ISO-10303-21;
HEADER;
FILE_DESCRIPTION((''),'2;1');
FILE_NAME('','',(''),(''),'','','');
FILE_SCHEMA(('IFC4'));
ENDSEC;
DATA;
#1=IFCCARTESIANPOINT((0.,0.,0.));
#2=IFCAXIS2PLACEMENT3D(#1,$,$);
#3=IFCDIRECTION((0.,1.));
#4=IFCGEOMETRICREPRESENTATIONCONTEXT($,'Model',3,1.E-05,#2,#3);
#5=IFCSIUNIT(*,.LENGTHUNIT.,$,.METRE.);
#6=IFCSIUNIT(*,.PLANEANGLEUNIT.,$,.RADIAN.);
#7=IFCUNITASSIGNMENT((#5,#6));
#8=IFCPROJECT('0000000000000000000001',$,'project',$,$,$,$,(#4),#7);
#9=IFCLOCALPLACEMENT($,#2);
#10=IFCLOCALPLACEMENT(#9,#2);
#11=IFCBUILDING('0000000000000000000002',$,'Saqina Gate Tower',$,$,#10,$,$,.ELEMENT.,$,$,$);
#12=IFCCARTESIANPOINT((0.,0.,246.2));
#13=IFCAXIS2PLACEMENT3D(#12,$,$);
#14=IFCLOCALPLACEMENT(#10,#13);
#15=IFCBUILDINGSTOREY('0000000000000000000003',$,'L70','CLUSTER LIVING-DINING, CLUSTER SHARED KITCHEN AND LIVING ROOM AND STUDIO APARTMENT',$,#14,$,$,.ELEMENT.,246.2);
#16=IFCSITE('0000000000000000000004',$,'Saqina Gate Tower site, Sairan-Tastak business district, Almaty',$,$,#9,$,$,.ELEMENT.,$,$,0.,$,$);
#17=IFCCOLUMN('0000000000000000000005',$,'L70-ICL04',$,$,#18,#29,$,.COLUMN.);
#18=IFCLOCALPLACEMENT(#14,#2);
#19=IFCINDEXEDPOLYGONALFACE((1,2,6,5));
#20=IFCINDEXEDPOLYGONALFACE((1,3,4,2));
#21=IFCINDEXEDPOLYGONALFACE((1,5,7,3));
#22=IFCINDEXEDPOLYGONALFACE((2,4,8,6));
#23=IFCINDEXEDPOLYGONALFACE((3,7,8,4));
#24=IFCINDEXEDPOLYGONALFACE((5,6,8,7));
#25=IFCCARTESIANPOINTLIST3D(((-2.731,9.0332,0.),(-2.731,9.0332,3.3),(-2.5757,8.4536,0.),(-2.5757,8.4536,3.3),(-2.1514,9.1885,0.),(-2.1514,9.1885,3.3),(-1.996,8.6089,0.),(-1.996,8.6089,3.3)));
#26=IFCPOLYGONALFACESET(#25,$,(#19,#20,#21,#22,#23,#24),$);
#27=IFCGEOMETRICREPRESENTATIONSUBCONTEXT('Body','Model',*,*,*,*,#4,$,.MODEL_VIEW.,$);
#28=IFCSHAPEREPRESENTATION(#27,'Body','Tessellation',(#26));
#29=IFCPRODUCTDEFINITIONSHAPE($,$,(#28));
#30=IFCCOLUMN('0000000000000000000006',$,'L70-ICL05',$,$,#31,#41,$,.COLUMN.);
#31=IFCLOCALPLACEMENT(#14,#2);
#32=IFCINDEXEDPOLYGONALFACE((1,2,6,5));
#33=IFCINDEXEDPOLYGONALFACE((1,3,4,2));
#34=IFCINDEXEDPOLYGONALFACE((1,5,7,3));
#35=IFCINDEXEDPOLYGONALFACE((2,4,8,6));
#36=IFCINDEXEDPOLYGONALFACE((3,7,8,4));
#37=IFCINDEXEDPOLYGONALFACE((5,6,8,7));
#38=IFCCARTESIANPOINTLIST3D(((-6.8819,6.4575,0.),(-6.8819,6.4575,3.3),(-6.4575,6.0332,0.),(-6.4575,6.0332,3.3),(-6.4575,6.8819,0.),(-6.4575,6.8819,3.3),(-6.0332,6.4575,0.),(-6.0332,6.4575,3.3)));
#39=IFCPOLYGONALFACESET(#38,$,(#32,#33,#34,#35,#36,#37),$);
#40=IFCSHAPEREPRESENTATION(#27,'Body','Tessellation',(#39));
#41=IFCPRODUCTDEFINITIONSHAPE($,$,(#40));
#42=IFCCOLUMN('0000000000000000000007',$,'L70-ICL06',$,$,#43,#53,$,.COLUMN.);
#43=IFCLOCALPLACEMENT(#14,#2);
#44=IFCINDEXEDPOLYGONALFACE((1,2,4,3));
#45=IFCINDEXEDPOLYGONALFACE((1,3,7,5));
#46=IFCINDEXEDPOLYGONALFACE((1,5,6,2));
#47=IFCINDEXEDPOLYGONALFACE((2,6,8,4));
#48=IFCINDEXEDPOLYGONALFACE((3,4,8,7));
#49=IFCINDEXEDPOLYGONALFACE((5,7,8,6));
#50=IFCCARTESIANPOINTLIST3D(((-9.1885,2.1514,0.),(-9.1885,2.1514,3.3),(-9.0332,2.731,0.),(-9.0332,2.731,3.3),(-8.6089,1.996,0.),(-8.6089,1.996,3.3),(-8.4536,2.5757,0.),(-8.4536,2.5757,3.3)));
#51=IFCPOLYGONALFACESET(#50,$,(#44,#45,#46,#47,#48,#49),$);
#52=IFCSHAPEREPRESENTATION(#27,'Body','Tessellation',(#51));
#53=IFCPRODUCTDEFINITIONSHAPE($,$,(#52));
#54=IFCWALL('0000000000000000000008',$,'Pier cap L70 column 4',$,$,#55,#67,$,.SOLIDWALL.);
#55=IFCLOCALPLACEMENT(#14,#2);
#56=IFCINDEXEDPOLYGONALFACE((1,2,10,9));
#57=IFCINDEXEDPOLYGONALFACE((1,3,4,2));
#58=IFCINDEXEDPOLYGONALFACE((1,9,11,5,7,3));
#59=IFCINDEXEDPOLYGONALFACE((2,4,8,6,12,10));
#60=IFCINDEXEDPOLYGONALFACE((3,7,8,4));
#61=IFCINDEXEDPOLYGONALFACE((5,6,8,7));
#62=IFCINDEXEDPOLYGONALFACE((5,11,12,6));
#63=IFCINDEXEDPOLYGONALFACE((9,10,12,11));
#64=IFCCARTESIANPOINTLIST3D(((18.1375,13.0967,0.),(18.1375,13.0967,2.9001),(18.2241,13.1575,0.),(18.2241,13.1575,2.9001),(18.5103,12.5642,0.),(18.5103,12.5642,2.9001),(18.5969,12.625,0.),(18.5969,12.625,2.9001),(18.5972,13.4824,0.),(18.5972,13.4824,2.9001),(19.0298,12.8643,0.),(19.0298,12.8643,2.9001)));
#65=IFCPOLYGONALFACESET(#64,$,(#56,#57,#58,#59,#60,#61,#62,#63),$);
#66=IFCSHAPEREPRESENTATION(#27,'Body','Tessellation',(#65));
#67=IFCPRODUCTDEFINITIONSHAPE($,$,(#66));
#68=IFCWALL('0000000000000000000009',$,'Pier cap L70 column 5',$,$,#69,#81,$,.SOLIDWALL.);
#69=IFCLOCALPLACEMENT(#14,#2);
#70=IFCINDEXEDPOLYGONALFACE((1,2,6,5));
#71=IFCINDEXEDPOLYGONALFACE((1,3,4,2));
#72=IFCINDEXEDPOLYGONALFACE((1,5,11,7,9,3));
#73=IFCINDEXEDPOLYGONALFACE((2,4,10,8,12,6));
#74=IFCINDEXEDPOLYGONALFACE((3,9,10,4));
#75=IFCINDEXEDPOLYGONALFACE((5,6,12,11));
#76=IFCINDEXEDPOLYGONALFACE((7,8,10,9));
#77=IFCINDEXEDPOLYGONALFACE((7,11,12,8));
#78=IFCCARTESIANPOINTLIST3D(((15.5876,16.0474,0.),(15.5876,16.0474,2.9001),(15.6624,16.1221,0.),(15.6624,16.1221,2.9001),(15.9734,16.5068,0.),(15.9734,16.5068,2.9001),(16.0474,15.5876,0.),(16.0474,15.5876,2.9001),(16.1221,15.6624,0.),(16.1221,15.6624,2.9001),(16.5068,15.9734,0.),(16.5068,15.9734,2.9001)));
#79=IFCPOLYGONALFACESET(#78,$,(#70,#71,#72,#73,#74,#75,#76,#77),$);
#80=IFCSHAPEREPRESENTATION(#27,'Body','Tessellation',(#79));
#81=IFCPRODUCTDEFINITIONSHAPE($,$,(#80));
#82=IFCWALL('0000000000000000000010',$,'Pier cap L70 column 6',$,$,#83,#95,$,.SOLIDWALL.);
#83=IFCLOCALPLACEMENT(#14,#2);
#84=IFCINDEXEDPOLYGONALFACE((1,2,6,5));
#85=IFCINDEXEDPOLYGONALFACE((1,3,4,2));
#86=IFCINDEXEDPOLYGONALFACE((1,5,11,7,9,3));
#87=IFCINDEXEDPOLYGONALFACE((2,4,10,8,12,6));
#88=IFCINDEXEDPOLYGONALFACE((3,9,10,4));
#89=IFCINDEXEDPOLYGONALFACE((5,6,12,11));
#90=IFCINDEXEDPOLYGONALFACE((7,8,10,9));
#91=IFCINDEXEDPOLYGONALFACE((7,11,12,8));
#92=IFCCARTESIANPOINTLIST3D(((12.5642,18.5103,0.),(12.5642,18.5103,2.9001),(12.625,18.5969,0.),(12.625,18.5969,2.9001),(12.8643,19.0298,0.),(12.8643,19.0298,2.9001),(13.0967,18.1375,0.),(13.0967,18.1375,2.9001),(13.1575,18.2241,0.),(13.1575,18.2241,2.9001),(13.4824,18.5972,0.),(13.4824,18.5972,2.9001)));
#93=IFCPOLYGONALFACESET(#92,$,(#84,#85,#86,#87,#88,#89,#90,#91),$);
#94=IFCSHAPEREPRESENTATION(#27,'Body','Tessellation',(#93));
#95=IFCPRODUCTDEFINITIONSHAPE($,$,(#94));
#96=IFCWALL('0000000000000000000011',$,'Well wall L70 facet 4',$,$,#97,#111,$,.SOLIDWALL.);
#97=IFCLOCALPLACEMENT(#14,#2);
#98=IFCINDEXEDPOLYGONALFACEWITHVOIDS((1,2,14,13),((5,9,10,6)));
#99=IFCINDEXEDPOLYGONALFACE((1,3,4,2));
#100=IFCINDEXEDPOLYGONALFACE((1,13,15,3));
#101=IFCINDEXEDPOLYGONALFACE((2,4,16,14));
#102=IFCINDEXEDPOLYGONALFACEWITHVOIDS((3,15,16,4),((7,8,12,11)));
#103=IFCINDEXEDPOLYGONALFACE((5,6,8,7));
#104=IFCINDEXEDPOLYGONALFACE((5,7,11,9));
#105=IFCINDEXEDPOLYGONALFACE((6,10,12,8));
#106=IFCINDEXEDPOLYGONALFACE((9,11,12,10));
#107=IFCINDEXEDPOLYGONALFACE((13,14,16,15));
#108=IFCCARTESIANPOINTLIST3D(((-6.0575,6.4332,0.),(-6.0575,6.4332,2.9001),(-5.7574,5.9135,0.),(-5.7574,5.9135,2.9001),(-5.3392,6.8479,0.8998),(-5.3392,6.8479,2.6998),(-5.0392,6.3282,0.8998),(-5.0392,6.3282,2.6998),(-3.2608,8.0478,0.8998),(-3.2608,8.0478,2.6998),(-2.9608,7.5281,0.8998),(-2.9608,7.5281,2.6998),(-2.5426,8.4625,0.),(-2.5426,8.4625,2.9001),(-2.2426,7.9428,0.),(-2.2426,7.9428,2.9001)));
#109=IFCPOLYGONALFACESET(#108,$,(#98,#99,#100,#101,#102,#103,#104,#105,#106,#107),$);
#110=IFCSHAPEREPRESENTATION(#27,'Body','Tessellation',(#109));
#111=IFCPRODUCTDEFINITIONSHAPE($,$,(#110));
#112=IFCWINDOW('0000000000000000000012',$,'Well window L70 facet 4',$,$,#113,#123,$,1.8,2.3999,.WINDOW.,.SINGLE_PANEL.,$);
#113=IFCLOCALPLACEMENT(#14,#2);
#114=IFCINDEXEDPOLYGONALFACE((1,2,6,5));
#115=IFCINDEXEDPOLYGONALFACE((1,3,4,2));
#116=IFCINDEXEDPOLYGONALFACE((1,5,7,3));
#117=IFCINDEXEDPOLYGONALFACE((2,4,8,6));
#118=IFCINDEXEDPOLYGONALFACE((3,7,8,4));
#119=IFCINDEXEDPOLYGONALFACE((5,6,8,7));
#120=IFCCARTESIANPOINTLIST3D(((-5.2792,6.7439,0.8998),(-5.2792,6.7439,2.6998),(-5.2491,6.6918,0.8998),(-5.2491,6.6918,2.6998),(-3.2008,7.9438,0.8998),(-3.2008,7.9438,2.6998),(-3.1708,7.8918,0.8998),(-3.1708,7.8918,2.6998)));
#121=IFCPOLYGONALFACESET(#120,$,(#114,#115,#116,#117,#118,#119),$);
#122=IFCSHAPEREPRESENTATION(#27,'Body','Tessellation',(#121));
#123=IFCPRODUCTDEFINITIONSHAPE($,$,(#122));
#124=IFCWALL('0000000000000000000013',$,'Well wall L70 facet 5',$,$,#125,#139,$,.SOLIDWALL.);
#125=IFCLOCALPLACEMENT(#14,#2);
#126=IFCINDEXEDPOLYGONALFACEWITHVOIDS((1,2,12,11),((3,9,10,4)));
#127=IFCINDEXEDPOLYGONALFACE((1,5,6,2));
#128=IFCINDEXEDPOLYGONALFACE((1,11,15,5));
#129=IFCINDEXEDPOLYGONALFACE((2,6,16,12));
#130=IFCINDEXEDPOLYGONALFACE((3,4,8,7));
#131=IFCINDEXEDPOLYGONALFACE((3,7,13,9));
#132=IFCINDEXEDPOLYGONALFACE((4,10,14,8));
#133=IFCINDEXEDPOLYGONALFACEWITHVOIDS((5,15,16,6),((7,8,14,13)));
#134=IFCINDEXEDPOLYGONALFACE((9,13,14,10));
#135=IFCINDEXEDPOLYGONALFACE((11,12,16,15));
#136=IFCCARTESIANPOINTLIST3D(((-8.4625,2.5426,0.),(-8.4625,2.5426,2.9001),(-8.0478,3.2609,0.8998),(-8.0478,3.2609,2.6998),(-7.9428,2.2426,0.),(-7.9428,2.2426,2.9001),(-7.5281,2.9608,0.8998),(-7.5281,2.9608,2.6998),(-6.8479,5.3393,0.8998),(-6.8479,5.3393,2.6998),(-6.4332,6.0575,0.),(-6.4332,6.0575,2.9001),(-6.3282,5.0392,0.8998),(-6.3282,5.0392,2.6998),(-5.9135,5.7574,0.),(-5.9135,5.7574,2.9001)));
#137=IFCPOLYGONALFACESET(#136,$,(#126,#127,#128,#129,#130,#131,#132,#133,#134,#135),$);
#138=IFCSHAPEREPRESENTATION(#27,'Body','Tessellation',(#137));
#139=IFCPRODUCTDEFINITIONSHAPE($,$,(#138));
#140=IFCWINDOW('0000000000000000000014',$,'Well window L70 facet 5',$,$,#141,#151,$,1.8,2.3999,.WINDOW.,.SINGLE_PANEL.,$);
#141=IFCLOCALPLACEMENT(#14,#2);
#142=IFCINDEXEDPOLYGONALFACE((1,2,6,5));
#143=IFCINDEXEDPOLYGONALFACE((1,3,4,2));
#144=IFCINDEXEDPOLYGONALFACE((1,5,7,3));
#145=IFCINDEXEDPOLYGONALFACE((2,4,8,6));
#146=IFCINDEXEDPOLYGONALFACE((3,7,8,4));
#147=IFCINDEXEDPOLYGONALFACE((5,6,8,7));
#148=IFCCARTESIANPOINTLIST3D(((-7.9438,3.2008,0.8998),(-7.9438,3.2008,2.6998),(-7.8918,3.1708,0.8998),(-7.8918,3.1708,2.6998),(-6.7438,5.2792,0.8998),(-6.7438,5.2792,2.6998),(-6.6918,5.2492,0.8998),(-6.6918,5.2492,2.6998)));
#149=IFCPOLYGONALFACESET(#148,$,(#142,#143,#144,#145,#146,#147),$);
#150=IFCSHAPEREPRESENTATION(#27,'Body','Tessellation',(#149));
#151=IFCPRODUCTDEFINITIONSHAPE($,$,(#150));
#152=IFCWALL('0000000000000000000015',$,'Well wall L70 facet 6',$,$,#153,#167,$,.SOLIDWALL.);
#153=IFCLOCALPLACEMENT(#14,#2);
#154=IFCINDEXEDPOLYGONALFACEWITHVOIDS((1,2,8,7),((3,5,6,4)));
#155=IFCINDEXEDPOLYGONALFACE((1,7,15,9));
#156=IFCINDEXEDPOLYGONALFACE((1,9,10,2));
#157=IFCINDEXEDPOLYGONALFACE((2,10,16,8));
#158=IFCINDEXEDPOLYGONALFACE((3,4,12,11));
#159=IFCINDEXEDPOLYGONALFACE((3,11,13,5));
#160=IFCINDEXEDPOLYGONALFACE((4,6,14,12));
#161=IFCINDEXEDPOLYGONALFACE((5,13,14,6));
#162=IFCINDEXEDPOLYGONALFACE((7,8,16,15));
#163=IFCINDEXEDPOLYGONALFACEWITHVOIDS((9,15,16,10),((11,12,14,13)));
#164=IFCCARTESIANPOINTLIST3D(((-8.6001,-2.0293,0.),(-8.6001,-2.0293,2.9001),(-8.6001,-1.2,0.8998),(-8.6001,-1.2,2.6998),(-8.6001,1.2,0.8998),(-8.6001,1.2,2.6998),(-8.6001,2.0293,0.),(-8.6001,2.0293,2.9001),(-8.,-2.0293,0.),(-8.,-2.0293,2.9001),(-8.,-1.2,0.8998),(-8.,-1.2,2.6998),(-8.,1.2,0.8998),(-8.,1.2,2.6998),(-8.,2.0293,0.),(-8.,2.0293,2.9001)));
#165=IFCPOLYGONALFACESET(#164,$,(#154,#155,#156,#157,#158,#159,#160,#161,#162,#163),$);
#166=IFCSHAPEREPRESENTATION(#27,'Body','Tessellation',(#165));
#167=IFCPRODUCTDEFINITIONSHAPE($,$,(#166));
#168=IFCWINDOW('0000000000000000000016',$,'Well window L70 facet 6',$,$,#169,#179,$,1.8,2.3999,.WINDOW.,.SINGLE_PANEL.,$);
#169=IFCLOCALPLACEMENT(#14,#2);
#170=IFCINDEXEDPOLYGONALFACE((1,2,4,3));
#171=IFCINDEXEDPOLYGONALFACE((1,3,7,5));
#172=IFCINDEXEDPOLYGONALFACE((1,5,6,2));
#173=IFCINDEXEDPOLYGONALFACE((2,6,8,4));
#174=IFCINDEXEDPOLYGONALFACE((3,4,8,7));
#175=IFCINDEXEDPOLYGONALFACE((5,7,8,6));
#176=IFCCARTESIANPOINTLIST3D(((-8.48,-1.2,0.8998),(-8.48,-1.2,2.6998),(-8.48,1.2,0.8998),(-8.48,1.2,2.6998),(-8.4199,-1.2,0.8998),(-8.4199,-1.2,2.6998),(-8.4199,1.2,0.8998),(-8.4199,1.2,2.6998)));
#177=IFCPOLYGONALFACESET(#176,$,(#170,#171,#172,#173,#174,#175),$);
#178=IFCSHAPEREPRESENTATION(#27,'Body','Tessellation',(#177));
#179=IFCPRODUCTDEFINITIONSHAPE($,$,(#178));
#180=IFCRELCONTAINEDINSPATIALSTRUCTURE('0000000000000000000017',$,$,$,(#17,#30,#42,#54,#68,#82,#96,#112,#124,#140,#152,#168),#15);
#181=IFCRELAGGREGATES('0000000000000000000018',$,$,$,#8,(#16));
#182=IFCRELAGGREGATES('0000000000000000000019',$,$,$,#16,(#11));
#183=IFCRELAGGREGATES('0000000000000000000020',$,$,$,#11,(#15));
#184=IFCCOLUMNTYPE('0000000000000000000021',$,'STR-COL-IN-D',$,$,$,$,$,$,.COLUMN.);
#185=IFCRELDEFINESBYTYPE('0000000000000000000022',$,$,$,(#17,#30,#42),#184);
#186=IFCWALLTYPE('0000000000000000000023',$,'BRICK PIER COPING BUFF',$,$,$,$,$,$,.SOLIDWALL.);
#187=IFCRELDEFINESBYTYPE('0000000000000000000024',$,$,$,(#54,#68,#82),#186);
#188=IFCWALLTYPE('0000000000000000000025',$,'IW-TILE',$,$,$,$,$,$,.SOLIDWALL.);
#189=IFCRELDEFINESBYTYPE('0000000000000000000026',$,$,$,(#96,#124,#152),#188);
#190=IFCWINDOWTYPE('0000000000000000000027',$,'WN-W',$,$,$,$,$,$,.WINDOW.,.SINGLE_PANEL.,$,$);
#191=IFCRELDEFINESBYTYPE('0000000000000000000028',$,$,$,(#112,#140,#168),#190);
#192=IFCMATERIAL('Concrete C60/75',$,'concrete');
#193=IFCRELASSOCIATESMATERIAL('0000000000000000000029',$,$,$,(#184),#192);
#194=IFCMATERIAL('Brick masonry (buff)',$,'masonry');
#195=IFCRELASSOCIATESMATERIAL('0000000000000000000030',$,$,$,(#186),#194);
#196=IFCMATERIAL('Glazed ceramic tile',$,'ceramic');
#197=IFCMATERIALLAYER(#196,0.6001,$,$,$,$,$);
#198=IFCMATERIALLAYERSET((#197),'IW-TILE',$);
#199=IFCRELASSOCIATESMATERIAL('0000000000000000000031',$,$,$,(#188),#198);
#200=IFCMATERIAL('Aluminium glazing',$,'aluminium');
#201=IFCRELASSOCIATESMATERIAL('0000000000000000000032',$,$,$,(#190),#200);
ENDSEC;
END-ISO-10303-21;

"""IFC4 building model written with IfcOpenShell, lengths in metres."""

from ifc_helpers import new_model, si_unit, direction, frame, frame_2d, origin, origin_2d, place, context, subcontext, project, spatial, polyline, rectangle, outline, extrude, material, layer, layer_set, material_profile, profile_set, type_object, element, fill, save


model = new_model("IFC4")

# Units and contexts
model_context = context("Model", 3, precision=1e-05, world=origin(), true_north=direction((0.0, 1.0)))
body_context = subcontext(model_context, "Body", "Model", "MODEL_VIEW")
ifc_project = project(units=[si_unit("LENGTHUNIT", "METRE"), si_unit("PLANEANGLEUNIT", "RADIAN")], contexts=[model_context])

# Site, building, storey
site_placement = place(None, origin())
site = spatial("IfcSite", under=ifc_project, at=site_placement, Name="Saqina Gate Tower site, Sairan-Tastak business district, Almaty", CompositionType="ELEMENT", RefElevation=0.0)
building_placement = place(site_placement, origin())
building = spatial("IfcBuilding", under=site, at=building_placement, Name="Saqina Gate Tower", CompositionType="ELEMENT")
storey_placement = place(building_placement, frame((0.0, 0.0, 246.2)))
storey = spatial("IfcBuildingStorey", under=building, at=storey_placement, Name="L70", Description="CLUSTER LIVING-DINING, CLUSTER SHARED KITCHEN AND LIVING ROOM AND STUDIO APARTMENT", CompositionType="ELEMENT", Elevation=246.2)

# Columns
ifc_material_1 = material(Name="Concrete C60/75", Category="concrete")
ifc_material_profile = material_profile(ifc_material_1, rectangle(XDim=0.6001, YDim=0.6001, at=origin_2d()), Name="RC 600x600")
ifc_profile_set = profile_set([ifc_material_profile], Name="Concrete C60/75")
column_type = type_object("IfcColumnType", Name="STR-COL-IN-D", PredefinedType="COLUMN", material=ifc_profile_set)
for number, where, z_axis, x_axis, name in (
    (1, (-2.3635, 8.821, 0.0), (0.0, 0.0, 1.0), (-0.258819, 0.965926, 0.0), "L70-ICL04"),
    (2, (-6.4575, 6.4575, 0.0), (0.0, 0.0, 1.0), (-0.707107, 0.707107, 0.0), "L70-ICL05"),
    (3, (-8.821, 2.3635, 0.0), (0.0, 0.0, 1.0), (-0.965926, 0.258819, 0.0), "L70-ICL06"),
):
    element("IfcColumn", number, at=place(storey_placement, frame(where, z_axis=z_axis, x_axis=x_axis)), inside=storey, type_object=column_type, Name=name, PredefinedType="COLUMN", context=body_context, shape_type="SweptSolid", body=[
        extrude(rectangle(XDim=0.6001, YDim=0.6001, at=origin_2d()), origin(), (0.0, 0.0, 1.0), 3.3),
    ])

# Walls
ifc_material_2 = material(Name="Brick masonry (buff)", Category="masonry")
wall_type_1 = type_object("IfcWallType", Name="BRICK PIER COPING BUFF", PredefinedType="SOLIDWALL", material=ifc_material_2)
wall_1_placement = place(storey_placement, origin())
element("IfcWall", 4, at=wall_1_placement, inside=storey, type_object=wall_type_1, Name="Pier cap L70 column 4", PredefinedType="SOLIDWALL", context=body_context, shape_type="SweptSolid", body=[
    extrude(outline(polyline([(19.0298, 12.8643), (18.5972, 13.4824), (18.1375, 13.0967), (18.2241, 13.1575), (18.5969, 12.625), (18.5103, 12.5642), (19.0298, 12.8643)])), origin(), (0.0, 0.0, 1.0), 2.9001),
])
wall_2_placement = place(storey_placement, origin())
element("IfcWall", 5, at=wall_2_placement, inside=storey, type_object=wall_type_1, Name="Pier cap L70 column 5", PredefinedType="SOLIDWALL", context=body_context, shape_type="SweptSolid", body=[
    extrude(outline(polyline([(15.9734, 16.5068), (15.5876, 16.0474), (15.6624, 16.1221), (16.1221, 15.6624), (16.0474, 15.5876), (16.5068, 15.9734), (15.9734, 16.5068)])), origin(), (0.0, 0.0, 1.0), 2.9001),
])
wall_3_placement = place(storey_placement, origin())
element("IfcWall", 6, at=wall_3_placement, inside=storey, type_object=wall_type_1, Name="Pier cap L70 column 6", PredefinedType="SOLIDWALL", context=body_context, shape_type="SweptSolid", body=[
    extrude(outline(polyline([(12.8643, 19.0298), (12.5642, 18.5103), (12.625, 18.5969), (13.1575, 18.2241), (13.0967, 18.1375), (13.4824, 18.5972), (12.8643, 19.0298)])), origin(), (0.0, 0.0, 1.0), 2.9001),
])

# Walls, openings, windows
ifc_material_3 = material(Name="Glazed ceramic tile", Category="ceramic")
ifc_layer_1 = layer(ifc_material_3, 0.6001)
ifc_layer_set_1 = layer_set([ifc_layer_1], Name="IW-TILE")
wall_type_2 = type_object("IfcWallType", Name="IW-TILE", PredefinedType="SOLIDWALL", material=ifc_layer_set_1)
wall_4_placement = place(storey_placement, frame((-2.3926, 8.2026, 0.0), z_axis=(0.0, 0.0, 1.0), x_axis=(-0.866028, -0.499995, 0.0)))
wall_4 = element("IfcWall", 7, at=wall_4_placement, inside=storey, type_object=wall_type_2, Name="Well wall L70 facet 4", PredefinedType="SOLIDWALL", context=body_context, shape_type="SweptSolid", body=[
    extrude(rectangle(XDim=4.0586, YDim=0.6001, at=frame_2d((2.0293, 0.0))), origin(), (0.0, 0.0, 1.0), 2.9001),
])
opening_1_placement = place(wall_4_placement, frame((0.8293, 0.0, 0.8999)))
opening_1 = element("IfcOpeningElement", 8, at=opening_1_placement, cuts=wall_4, PredefinedType="OPENING", context=body_context, shape_type="SweptSolid", body=[
    extrude(rectangle(XDim=2.3999, YDim=1.8, at=frame_2d((1.2, 0.8999))), frame((0.0, 0.312, 0.0), z_axis=(0.0, -1.0, 0.0), x_axis=(1.0, 0.0, 0.0)), (0.0, 0.0, 1.0), 0.624),
])
ifc_material_4 = material(Name="Aluminium glazing", Category="aluminium")
window_type = type_object("IfcWindowType", Name="WN-W", PartitioningType="SINGLE_PANEL", PredefinedType="WINDOW", material=ifc_material_4)
window_1_placement = place(opening_1_placement, origin())
window_1 = element("IfcWindow", 9, at=window_1_placement, inside=storey, type_object=window_type, Name="Well window L70 facet 4", OverallHeight=1.8, OverallWidth=2.3999, PartitioningType="SINGLE_PANEL", PredefinedType="WINDOW", context=body_context, shape_type="SweptSolid", body=[
    extrude(rectangle(XDim=2.3999, YDim=1.8, at=frame_2d((1.2, 0.8999))), frame((0.0, -0.1199, 0.0), z_axis=(0.0, -1.0, 0.0), x_axis=(1.0, 0.0, 0.0)), (0.0, 0.0, 1.0), 0.0601),
])
fill(opening_1, window_1)
wall_5_placement = place(storey_placement, frame((-6.1733, 5.9075, 0.0), z_axis=(0.0, 0.0, 1.0), x_axis=(-0.499995, -0.866028, 0.0)))
wall_5 = element("IfcWall", 10, at=wall_5_placement, inside=storey, type_object=wall_type_2, Name="Well wall L70 facet 5", PredefinedType="SOLIDWALL", context=body_context, shape_type="SweptSolid", body=[
    extrude(rectangle(XDim=4.0586, YDim=0.6001, at=frame_2d((2.0293, 0.0))), origin(), (0.0, 0.0, 1.0), 2.9001),
])
opening_2_placement = place(wall_5_placement, frame((0.8293, 0.0, 0.8999)))
opening_2 = element("IfcOpeningElement", 11, at=opening_2_placement, cuts=wall_5, PredefinedType="OPENING", context=body_context, shape_type="SweptSolid", body=[
    extrude(rectangle(XDim=2.3999, YDim=1.8, at=frame_2d((1.2, 0.8999))), frame((0.0, 0.312, 0.0), z_axis=(0.0, -1.0, 0.0), x_axis=(1.0, 0.0, 0.0)), (0.0, 0.0, 1.0), 0.624),
])
window_2_placement = place(opening_2_placement, origin())
window_2 = element("IfcWindow", 12, at=window_2_placement, inside=storey, type_object=window_type, Name="Well window L70 facet 5", OverallHeight=1.8, OverallWidth=2.3999, PartitioningType="SINGLE_PANEL", PredefinedType="WINDOW", context=body_context, shape_type="SweptSolid", body=[
    extrude(rectangle(XDim=2.3999, YDim=1.8, at=frame_2d((1.2, 0.8999))), frame((0.0, -0.1199, 0.0), z_axis=(0.0, -1.0, 0.0), x_axis=(1.0, 0.0, 0.0)), (0.0, 0.0, 1.0), 0.0601),
])
fill(opening_2, window_2)
wall_6_placement = place(storey_placement, frame((-8.3, 2.0293, 0.0), z_axis=(0.0, 0.0, 1.0), x_axis=(0.0, -1.0, 0.0)))
wall_6 = element("IfcWall", 13, at=wall_6_placement, inside=storey, type_object=wall_type_2, Name="Well wall L70 facet 6", PredefinedType="SOLIDWALL", context=body_context, shape_type="SweptSolid", body=[
    extrude(rectangle(XDim=4.0586, YDim=0.6001, at=frame_2d((2.0293, 0.0))), origin(), (0.0, 0.0, 1.0), 2.9001),
])
opening_3_placement = place(wall_6_placement, frame((0.8293, 0.0, 0.8999)))
opening_3 = element("IfcOpeningElement", 14, at=opening_3_placement, cuts=wall_6, PredefinedType="OPENING", context=body_context, shape_type="SweptSolid", body=[
    extrude(rectangle(XDim=2.3999, YDim=1.8, at=frame_2d((1.2, 0.8999))), frame((0.0, 0.312, 0.0), z_axis=(0.0, -1.0, 0.0), x_axis=(1.0, 0.0, 0.0)), (0.0, 0.0, 1.0), 0.624),
])
window_3_placement = place(opening_3_placement, origin())
window_3 = element("IfcWindow", 15, at=window_3_placement, inside=storey, type_object=window_type, Name="Well window L70 facet 6", OverallHeight=1.8, OverallWidth=2.3999, PartitioningType="SINGLE_PANEL", PredefinedType="WINDOW", context=body_context, shape_type="SweptSolid", body=[
    extrude(rectangle(XDim=2.3999, YDim=1.8, at=frame_2d((1.2, 0.8999))), frame((0.0, -0.1199, 0.0), z_axis=(0.0, -1.0, 0.0), x_axis=(1.0, 0.0, 0.0)), (0.0, 0.0, 1.0), 0.0601),
])
fill(opening_3, window_3)

save(model, "model.ifc")
